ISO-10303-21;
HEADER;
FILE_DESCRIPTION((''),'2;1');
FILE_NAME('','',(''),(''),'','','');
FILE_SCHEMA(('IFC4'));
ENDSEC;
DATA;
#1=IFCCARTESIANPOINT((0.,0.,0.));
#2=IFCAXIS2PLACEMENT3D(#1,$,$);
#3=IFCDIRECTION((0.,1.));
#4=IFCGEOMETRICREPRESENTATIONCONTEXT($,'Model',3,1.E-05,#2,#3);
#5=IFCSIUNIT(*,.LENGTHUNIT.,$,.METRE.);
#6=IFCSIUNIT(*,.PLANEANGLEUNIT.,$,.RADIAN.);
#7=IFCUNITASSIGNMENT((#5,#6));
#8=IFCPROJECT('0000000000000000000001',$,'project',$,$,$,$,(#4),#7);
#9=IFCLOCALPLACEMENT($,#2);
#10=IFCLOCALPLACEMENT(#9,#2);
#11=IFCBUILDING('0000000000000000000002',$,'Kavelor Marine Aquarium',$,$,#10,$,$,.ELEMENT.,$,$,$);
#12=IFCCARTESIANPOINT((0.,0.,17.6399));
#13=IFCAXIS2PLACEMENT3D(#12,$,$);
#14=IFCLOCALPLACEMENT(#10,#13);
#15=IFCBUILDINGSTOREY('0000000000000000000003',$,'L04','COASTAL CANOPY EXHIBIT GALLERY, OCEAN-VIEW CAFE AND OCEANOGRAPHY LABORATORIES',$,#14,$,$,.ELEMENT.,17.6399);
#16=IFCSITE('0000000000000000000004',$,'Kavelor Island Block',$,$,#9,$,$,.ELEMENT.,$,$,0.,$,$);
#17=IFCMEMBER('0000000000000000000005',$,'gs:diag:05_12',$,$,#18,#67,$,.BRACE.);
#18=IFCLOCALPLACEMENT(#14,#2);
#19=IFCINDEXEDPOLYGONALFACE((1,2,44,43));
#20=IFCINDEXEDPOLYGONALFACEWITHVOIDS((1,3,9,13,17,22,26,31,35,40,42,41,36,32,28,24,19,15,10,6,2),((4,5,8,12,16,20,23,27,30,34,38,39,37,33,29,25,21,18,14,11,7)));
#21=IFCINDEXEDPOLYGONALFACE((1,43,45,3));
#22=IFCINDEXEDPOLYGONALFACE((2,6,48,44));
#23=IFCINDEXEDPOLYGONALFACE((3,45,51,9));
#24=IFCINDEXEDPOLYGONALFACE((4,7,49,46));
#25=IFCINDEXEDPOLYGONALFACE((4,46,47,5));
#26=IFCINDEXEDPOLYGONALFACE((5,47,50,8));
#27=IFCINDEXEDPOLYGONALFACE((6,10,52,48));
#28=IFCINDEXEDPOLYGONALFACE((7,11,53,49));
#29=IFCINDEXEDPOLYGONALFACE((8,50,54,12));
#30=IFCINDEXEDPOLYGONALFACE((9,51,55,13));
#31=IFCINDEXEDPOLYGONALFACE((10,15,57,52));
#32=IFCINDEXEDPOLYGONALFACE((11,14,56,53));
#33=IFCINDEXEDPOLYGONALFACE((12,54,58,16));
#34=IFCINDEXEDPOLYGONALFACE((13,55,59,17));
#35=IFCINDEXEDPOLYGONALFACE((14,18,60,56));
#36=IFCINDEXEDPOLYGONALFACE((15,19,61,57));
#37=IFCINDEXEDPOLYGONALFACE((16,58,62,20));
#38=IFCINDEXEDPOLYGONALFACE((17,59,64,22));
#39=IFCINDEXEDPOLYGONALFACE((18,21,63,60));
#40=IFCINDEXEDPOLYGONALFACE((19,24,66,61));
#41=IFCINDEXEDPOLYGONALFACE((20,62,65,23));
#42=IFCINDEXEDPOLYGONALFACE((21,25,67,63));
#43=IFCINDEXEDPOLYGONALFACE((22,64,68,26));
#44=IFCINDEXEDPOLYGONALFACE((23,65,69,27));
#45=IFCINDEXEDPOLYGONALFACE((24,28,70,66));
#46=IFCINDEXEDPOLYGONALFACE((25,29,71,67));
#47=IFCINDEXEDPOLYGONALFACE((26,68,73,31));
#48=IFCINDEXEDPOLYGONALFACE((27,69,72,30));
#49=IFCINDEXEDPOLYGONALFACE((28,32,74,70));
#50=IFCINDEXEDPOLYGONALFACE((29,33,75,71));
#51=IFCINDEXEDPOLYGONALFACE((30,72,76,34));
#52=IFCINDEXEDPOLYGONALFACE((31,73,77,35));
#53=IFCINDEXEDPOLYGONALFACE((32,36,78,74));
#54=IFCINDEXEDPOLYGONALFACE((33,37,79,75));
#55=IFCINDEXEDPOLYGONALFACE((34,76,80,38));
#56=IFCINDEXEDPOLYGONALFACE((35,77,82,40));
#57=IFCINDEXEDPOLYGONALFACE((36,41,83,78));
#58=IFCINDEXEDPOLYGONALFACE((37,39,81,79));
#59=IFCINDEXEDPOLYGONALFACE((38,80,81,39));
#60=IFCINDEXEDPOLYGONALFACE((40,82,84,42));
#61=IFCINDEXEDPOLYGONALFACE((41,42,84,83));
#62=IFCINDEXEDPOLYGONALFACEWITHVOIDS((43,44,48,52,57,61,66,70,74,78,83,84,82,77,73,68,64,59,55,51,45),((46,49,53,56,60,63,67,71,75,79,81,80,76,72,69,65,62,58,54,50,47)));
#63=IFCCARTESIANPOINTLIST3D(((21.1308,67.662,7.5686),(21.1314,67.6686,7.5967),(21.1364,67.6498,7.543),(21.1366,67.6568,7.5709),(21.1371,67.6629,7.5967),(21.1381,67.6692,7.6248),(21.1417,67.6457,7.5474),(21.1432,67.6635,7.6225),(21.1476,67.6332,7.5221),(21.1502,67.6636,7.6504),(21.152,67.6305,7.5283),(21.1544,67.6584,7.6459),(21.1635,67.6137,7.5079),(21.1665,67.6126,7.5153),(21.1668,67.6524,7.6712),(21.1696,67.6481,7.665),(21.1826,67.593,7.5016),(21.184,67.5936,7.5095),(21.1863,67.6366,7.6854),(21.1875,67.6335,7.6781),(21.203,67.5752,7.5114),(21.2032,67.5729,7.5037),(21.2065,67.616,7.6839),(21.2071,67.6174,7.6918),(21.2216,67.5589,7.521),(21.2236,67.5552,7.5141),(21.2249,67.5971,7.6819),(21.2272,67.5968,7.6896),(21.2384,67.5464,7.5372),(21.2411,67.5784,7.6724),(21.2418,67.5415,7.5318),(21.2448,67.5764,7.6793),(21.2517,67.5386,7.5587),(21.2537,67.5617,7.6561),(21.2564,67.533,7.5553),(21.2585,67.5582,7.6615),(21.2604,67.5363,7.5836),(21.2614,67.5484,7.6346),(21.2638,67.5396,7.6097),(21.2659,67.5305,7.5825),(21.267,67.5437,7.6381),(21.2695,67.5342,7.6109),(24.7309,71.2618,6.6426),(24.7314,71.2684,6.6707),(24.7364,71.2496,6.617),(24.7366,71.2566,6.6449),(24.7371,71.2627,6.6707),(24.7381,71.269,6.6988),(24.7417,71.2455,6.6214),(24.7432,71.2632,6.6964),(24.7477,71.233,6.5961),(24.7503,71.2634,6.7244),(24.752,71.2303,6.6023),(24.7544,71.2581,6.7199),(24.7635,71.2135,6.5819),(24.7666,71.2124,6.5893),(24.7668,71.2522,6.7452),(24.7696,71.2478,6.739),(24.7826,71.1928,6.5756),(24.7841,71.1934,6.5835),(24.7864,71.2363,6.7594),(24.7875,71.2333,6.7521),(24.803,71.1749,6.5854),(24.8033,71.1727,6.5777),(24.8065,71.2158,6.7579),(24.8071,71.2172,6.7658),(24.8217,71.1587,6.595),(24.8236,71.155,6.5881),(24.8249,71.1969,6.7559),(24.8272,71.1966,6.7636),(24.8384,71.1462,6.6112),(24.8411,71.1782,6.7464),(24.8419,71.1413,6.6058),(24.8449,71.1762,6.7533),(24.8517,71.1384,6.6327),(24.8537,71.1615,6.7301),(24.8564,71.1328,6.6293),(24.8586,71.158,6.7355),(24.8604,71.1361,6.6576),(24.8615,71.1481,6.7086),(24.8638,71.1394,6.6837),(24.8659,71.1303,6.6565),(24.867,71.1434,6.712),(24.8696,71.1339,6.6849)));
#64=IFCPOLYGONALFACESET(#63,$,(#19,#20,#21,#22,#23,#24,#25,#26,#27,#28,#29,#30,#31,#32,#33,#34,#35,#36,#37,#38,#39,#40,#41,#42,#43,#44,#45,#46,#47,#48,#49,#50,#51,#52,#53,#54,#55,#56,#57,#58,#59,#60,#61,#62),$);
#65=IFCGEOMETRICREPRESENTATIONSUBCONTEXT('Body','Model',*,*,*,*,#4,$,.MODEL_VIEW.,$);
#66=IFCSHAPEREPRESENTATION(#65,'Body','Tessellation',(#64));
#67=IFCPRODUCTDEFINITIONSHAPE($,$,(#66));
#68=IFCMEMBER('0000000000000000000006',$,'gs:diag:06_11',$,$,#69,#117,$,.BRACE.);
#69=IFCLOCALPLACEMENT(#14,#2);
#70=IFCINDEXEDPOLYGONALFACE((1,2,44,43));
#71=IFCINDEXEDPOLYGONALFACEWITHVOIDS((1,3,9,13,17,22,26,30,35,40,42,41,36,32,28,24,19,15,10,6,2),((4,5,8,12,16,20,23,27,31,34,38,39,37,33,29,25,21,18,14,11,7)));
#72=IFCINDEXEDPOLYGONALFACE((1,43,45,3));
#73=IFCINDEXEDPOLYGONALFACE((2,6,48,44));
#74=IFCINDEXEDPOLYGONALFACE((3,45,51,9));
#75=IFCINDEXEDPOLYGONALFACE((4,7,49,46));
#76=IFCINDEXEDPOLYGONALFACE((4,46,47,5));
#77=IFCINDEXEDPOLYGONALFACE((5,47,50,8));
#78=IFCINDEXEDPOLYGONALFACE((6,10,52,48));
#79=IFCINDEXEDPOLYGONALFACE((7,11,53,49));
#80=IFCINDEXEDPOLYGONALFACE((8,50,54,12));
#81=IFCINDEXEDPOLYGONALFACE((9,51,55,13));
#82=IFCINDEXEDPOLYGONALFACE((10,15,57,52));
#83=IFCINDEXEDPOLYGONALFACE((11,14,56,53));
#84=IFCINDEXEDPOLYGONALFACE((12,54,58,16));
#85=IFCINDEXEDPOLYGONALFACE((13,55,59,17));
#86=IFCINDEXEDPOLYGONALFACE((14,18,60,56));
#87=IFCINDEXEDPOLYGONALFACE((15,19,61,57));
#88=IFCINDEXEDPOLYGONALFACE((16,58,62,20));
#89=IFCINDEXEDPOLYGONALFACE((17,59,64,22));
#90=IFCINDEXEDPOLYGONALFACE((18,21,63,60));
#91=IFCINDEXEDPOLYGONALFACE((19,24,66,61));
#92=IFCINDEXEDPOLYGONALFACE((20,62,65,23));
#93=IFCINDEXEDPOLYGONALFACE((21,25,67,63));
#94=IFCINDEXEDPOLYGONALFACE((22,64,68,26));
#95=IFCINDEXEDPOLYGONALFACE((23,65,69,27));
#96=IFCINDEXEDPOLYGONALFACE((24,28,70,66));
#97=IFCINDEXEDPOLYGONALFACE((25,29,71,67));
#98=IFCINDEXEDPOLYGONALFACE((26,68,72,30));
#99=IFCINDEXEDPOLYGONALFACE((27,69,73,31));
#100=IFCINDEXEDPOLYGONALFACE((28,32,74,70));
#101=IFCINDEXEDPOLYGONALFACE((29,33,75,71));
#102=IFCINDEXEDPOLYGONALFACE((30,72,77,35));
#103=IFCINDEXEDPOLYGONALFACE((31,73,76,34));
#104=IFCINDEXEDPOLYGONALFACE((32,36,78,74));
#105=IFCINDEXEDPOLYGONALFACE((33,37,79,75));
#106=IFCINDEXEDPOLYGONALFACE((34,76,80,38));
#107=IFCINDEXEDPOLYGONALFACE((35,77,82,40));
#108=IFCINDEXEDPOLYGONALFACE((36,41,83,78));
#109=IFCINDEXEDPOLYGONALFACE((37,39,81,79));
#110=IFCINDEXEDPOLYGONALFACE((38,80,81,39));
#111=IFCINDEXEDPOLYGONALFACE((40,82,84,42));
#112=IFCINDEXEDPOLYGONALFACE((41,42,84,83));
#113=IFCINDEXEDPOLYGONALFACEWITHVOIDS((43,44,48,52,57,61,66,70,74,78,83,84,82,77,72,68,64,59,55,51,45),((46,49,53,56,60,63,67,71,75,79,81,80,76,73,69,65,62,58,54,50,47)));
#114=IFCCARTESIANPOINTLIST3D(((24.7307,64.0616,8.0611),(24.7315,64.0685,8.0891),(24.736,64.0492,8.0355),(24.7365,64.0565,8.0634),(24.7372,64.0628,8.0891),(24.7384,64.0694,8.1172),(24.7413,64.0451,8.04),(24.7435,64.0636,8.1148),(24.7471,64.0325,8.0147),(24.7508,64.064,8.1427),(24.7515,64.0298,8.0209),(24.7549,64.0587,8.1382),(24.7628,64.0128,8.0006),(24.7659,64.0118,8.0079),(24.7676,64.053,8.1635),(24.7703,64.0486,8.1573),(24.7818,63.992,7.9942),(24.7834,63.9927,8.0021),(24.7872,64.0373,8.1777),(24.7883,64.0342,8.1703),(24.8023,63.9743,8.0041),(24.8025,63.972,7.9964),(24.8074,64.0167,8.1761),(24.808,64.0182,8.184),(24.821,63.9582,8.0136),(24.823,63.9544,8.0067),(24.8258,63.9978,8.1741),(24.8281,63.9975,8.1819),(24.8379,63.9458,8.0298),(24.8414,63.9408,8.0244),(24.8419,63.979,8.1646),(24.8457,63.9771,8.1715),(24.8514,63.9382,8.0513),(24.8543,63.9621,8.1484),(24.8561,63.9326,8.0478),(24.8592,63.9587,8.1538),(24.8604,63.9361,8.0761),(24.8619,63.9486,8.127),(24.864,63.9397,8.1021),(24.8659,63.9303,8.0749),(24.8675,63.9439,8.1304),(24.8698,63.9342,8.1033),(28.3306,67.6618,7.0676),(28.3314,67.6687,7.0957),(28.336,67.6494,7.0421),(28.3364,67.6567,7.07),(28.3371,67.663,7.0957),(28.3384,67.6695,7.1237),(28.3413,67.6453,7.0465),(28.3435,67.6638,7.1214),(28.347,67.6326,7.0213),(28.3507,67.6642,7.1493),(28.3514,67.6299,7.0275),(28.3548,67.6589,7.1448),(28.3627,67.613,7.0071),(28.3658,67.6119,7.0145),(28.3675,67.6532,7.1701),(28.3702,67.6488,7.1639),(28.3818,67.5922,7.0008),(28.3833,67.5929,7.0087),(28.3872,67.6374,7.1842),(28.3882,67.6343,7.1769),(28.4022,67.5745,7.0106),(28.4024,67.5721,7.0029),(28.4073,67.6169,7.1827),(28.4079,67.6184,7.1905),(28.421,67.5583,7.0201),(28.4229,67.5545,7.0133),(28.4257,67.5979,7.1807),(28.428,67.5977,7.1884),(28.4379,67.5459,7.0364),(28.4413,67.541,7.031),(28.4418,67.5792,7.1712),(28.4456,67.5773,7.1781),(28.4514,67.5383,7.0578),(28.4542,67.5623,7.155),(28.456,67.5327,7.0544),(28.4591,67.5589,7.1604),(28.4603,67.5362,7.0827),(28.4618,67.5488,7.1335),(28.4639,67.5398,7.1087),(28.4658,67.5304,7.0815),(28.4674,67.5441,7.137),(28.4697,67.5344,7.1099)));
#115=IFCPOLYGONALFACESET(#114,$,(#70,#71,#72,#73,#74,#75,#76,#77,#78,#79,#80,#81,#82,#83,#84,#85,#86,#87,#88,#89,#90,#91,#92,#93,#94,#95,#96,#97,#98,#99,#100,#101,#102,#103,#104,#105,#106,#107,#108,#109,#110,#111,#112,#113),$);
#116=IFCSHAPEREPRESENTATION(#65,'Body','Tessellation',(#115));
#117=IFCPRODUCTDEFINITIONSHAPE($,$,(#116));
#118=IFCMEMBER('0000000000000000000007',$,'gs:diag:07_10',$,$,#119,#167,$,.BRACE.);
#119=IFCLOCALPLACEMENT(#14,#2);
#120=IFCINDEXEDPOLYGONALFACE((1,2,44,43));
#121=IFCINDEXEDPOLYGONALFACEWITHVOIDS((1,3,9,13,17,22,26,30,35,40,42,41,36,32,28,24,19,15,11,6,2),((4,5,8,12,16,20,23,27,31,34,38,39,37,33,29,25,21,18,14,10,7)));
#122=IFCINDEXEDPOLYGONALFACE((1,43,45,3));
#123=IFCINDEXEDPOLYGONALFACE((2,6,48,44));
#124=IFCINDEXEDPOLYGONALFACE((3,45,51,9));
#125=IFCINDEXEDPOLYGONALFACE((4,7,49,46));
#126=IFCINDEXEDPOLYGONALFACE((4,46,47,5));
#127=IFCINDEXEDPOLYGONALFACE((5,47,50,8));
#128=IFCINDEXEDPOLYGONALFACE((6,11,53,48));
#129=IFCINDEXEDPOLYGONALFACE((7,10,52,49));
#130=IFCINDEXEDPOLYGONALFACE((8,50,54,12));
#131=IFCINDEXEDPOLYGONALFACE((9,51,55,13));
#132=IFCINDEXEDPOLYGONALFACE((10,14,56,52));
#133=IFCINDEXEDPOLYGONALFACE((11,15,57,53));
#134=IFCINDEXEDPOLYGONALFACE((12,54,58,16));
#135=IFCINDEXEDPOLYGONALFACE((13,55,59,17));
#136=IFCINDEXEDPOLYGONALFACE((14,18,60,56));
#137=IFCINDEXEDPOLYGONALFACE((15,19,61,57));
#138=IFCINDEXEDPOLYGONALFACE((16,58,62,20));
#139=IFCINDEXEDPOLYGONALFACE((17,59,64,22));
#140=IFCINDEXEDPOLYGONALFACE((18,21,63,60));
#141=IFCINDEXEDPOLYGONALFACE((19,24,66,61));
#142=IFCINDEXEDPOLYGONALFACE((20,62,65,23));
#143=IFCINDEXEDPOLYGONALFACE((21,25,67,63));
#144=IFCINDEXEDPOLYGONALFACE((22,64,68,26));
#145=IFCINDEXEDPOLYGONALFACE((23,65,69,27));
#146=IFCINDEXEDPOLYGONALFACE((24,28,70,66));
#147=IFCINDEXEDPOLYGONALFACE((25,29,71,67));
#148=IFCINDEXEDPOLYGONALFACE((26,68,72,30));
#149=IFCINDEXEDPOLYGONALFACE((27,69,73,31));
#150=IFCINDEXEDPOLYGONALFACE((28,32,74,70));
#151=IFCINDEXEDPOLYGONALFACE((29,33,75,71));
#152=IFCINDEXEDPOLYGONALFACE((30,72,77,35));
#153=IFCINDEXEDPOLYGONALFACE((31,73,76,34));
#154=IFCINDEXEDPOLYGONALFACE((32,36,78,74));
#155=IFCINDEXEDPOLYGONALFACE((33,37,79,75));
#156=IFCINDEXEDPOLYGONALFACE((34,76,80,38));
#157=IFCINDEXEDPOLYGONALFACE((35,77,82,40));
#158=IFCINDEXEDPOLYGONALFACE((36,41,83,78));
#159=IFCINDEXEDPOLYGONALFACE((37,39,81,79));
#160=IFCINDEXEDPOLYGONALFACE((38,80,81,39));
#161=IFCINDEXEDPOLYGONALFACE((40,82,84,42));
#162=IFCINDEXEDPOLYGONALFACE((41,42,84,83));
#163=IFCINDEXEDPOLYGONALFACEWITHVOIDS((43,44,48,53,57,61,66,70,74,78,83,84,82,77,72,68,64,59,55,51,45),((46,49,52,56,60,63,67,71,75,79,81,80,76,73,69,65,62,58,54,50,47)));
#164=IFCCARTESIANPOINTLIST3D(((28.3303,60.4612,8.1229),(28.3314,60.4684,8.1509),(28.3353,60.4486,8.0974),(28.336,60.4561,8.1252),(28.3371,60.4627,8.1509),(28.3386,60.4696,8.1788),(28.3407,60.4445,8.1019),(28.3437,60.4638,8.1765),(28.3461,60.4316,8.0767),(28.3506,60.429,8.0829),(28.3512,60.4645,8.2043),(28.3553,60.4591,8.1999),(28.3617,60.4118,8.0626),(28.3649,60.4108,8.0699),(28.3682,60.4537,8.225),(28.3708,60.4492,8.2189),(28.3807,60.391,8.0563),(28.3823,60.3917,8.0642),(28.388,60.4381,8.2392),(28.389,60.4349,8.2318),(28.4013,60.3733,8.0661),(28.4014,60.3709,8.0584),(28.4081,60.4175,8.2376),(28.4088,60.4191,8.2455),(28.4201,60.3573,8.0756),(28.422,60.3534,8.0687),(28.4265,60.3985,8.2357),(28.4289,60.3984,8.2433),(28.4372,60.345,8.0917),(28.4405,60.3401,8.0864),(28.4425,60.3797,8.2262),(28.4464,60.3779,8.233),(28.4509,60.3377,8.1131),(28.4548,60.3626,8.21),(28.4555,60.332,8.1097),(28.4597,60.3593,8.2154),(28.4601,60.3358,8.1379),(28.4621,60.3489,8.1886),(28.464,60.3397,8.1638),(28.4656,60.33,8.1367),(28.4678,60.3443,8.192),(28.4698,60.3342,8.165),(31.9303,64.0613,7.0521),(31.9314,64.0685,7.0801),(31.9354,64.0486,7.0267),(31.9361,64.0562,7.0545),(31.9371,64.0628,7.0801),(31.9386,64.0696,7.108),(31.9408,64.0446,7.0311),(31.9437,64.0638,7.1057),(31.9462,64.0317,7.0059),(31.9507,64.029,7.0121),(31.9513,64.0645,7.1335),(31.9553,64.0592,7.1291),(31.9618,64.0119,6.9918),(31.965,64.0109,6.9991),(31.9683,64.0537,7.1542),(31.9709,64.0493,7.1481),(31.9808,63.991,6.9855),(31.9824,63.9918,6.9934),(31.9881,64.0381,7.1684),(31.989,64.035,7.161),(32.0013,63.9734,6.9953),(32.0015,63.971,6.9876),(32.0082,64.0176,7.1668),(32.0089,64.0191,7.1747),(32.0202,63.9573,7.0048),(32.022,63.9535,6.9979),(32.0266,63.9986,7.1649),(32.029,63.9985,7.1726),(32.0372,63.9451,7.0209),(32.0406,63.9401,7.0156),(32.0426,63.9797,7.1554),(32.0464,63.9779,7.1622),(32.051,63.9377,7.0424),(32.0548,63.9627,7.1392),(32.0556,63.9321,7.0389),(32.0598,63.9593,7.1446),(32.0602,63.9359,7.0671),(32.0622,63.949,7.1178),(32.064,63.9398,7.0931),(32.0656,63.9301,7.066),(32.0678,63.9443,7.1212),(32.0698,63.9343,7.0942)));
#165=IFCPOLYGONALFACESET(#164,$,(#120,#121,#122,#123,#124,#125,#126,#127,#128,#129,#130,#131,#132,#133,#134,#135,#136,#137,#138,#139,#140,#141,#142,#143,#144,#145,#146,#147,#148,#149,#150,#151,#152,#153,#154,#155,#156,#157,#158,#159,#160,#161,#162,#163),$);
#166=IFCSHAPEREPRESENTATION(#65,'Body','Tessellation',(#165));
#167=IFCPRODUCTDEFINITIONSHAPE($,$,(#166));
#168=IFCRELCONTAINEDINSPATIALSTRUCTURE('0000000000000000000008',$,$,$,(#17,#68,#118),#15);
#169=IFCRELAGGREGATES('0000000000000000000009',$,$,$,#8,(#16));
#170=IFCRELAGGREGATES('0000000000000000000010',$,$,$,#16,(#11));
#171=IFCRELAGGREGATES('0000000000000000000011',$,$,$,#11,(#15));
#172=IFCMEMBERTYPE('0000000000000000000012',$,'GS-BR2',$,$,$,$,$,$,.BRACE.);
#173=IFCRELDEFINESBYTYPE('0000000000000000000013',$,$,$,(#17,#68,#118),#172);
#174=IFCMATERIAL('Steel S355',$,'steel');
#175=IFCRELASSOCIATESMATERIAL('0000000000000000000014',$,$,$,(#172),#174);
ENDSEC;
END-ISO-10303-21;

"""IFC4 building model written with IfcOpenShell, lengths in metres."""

from ifc_helpers import new_model, si_unit, direction, frame, origin, origin_2d, place, context, subcontext, project, spatial, hollow_circle, extrude, material, material_profile, profile_set, type_object, element, save


model = new_model("IFC4")

# Units and contexts
model_context = context("Model", 3, precision=1e-05, world=origin(), true_north=direction((0.0, 1.0)))
body_context = subcontext(model_context, "Body", "Model", "MODEL_VIEW")
ifc_project = project(units=[si_unit("LENGTHUNIT", "METRE"), si_unit("PLANEANGLEUNIT", "RADIAN")], contexts=[model_context])

# Site, building, storey
site_placement = place(None, origin())
site = spatial("IfcSite", under=ifc_project, at=site_placement, Name="Kavelor Island Block", CompositionType="ELEMENT", RefElevation=0.0)
building_placement = place(site_placement, origin())
building = spatial("IfcBuilding", under=site, at=building_placement, Name="Kavelor Marine Aquarium", CompositionType="ELEMENT")
storey_placement = place(building_placement, frame((0.0, 0.0, 17.6399)))
storey = spatial("IfcBuildingStorey", under=building, at=storey_placement, Name="L04", Description="COASTAL CANOPY EXHIBIT GALLERY, OCEAN-VIEW CAFE AND OCEANOGRAPHY LABORATORIES", CompositionType="ELEMENT", Elevation=17.6399)

# Members
ifc_material_1 = material(Name="Steel S355", Category="steel")
ifc_material_profile_1 = material_profile(ifc_material_1, hollow_circle(Radius=0.0969, WallThickness=0.0081, at=origin_2d()), Name="CHS 193.7x8.0")
ifc_profile_set_1 = profile_set([ifc_material_profile_1], Name="Steel S355")
member_type_1 = type_object("IfcMemberType", Name="GS-BR2", PredefinedType="BRACE", material=ifc_profile_set_1)
member_1_placement = place(storey_placement, frame((21.2, 67.6001, 7.5967), z_axis=(0.695716, 0.695669, -0.178954), x_axis=(-0.707083, 0.707131, 0.0)))
element("IfcMember", 1, at=member_1_placement, inside=storey, type_object=member_type_1, Name="gs:diag:05_12", PredefinedType="BRACE", context=body_context, shape_type="SweptSolid", body=[
    extrude(hollow_circle(Radius=0.0969, WallThickness=0.0081, at=origin_2d()), origin(), (0.0, 0.0, 1.0), 5.1746),
])
member_2_placement = place(storey_placement, frame((24.8, 64.0, 8.0891), z_axis=(0.693995, 0.694042, -0.191513), x_axis=(-0.707131, 0.707083, 0.0)))
element("IfcMember", 2, at=member_2_placement, inside=storey, type_object=member_type_1, Name="gs:diag:06_11", PredefinedType="BRACE", context=body_context, shape_type="SweptSolid", body=[
    extrude(hollow_circle(Radius=0.0969, WallThickness=0.0081, at=origin_2d()), origin(), (0.0, 0.0, 1.0), 5.1873),
])
member_3_placement = place(storey_placement, frame((28.3999, 60.3999, 8.1509), z_axis=(0.691968, 0.691968, -0.205817), x_axis=(-0.707107, 0.707107, 0.0)))
element("IfcMember", 3, at=member_3_placement, inside=storey, type_object=member_type_1, Name="gs:diag:07_10", PredefinedType="BRACE", context=body_context, shape_type="SweptSolid", body=[
    extrude(hollow_circle(Radius=0.0969, WallThickness=0.0081, at=origin_2d()), origin(), (0.0, 0.0, 1.0), 5.2026),
])

save(model, "model.ifc")
